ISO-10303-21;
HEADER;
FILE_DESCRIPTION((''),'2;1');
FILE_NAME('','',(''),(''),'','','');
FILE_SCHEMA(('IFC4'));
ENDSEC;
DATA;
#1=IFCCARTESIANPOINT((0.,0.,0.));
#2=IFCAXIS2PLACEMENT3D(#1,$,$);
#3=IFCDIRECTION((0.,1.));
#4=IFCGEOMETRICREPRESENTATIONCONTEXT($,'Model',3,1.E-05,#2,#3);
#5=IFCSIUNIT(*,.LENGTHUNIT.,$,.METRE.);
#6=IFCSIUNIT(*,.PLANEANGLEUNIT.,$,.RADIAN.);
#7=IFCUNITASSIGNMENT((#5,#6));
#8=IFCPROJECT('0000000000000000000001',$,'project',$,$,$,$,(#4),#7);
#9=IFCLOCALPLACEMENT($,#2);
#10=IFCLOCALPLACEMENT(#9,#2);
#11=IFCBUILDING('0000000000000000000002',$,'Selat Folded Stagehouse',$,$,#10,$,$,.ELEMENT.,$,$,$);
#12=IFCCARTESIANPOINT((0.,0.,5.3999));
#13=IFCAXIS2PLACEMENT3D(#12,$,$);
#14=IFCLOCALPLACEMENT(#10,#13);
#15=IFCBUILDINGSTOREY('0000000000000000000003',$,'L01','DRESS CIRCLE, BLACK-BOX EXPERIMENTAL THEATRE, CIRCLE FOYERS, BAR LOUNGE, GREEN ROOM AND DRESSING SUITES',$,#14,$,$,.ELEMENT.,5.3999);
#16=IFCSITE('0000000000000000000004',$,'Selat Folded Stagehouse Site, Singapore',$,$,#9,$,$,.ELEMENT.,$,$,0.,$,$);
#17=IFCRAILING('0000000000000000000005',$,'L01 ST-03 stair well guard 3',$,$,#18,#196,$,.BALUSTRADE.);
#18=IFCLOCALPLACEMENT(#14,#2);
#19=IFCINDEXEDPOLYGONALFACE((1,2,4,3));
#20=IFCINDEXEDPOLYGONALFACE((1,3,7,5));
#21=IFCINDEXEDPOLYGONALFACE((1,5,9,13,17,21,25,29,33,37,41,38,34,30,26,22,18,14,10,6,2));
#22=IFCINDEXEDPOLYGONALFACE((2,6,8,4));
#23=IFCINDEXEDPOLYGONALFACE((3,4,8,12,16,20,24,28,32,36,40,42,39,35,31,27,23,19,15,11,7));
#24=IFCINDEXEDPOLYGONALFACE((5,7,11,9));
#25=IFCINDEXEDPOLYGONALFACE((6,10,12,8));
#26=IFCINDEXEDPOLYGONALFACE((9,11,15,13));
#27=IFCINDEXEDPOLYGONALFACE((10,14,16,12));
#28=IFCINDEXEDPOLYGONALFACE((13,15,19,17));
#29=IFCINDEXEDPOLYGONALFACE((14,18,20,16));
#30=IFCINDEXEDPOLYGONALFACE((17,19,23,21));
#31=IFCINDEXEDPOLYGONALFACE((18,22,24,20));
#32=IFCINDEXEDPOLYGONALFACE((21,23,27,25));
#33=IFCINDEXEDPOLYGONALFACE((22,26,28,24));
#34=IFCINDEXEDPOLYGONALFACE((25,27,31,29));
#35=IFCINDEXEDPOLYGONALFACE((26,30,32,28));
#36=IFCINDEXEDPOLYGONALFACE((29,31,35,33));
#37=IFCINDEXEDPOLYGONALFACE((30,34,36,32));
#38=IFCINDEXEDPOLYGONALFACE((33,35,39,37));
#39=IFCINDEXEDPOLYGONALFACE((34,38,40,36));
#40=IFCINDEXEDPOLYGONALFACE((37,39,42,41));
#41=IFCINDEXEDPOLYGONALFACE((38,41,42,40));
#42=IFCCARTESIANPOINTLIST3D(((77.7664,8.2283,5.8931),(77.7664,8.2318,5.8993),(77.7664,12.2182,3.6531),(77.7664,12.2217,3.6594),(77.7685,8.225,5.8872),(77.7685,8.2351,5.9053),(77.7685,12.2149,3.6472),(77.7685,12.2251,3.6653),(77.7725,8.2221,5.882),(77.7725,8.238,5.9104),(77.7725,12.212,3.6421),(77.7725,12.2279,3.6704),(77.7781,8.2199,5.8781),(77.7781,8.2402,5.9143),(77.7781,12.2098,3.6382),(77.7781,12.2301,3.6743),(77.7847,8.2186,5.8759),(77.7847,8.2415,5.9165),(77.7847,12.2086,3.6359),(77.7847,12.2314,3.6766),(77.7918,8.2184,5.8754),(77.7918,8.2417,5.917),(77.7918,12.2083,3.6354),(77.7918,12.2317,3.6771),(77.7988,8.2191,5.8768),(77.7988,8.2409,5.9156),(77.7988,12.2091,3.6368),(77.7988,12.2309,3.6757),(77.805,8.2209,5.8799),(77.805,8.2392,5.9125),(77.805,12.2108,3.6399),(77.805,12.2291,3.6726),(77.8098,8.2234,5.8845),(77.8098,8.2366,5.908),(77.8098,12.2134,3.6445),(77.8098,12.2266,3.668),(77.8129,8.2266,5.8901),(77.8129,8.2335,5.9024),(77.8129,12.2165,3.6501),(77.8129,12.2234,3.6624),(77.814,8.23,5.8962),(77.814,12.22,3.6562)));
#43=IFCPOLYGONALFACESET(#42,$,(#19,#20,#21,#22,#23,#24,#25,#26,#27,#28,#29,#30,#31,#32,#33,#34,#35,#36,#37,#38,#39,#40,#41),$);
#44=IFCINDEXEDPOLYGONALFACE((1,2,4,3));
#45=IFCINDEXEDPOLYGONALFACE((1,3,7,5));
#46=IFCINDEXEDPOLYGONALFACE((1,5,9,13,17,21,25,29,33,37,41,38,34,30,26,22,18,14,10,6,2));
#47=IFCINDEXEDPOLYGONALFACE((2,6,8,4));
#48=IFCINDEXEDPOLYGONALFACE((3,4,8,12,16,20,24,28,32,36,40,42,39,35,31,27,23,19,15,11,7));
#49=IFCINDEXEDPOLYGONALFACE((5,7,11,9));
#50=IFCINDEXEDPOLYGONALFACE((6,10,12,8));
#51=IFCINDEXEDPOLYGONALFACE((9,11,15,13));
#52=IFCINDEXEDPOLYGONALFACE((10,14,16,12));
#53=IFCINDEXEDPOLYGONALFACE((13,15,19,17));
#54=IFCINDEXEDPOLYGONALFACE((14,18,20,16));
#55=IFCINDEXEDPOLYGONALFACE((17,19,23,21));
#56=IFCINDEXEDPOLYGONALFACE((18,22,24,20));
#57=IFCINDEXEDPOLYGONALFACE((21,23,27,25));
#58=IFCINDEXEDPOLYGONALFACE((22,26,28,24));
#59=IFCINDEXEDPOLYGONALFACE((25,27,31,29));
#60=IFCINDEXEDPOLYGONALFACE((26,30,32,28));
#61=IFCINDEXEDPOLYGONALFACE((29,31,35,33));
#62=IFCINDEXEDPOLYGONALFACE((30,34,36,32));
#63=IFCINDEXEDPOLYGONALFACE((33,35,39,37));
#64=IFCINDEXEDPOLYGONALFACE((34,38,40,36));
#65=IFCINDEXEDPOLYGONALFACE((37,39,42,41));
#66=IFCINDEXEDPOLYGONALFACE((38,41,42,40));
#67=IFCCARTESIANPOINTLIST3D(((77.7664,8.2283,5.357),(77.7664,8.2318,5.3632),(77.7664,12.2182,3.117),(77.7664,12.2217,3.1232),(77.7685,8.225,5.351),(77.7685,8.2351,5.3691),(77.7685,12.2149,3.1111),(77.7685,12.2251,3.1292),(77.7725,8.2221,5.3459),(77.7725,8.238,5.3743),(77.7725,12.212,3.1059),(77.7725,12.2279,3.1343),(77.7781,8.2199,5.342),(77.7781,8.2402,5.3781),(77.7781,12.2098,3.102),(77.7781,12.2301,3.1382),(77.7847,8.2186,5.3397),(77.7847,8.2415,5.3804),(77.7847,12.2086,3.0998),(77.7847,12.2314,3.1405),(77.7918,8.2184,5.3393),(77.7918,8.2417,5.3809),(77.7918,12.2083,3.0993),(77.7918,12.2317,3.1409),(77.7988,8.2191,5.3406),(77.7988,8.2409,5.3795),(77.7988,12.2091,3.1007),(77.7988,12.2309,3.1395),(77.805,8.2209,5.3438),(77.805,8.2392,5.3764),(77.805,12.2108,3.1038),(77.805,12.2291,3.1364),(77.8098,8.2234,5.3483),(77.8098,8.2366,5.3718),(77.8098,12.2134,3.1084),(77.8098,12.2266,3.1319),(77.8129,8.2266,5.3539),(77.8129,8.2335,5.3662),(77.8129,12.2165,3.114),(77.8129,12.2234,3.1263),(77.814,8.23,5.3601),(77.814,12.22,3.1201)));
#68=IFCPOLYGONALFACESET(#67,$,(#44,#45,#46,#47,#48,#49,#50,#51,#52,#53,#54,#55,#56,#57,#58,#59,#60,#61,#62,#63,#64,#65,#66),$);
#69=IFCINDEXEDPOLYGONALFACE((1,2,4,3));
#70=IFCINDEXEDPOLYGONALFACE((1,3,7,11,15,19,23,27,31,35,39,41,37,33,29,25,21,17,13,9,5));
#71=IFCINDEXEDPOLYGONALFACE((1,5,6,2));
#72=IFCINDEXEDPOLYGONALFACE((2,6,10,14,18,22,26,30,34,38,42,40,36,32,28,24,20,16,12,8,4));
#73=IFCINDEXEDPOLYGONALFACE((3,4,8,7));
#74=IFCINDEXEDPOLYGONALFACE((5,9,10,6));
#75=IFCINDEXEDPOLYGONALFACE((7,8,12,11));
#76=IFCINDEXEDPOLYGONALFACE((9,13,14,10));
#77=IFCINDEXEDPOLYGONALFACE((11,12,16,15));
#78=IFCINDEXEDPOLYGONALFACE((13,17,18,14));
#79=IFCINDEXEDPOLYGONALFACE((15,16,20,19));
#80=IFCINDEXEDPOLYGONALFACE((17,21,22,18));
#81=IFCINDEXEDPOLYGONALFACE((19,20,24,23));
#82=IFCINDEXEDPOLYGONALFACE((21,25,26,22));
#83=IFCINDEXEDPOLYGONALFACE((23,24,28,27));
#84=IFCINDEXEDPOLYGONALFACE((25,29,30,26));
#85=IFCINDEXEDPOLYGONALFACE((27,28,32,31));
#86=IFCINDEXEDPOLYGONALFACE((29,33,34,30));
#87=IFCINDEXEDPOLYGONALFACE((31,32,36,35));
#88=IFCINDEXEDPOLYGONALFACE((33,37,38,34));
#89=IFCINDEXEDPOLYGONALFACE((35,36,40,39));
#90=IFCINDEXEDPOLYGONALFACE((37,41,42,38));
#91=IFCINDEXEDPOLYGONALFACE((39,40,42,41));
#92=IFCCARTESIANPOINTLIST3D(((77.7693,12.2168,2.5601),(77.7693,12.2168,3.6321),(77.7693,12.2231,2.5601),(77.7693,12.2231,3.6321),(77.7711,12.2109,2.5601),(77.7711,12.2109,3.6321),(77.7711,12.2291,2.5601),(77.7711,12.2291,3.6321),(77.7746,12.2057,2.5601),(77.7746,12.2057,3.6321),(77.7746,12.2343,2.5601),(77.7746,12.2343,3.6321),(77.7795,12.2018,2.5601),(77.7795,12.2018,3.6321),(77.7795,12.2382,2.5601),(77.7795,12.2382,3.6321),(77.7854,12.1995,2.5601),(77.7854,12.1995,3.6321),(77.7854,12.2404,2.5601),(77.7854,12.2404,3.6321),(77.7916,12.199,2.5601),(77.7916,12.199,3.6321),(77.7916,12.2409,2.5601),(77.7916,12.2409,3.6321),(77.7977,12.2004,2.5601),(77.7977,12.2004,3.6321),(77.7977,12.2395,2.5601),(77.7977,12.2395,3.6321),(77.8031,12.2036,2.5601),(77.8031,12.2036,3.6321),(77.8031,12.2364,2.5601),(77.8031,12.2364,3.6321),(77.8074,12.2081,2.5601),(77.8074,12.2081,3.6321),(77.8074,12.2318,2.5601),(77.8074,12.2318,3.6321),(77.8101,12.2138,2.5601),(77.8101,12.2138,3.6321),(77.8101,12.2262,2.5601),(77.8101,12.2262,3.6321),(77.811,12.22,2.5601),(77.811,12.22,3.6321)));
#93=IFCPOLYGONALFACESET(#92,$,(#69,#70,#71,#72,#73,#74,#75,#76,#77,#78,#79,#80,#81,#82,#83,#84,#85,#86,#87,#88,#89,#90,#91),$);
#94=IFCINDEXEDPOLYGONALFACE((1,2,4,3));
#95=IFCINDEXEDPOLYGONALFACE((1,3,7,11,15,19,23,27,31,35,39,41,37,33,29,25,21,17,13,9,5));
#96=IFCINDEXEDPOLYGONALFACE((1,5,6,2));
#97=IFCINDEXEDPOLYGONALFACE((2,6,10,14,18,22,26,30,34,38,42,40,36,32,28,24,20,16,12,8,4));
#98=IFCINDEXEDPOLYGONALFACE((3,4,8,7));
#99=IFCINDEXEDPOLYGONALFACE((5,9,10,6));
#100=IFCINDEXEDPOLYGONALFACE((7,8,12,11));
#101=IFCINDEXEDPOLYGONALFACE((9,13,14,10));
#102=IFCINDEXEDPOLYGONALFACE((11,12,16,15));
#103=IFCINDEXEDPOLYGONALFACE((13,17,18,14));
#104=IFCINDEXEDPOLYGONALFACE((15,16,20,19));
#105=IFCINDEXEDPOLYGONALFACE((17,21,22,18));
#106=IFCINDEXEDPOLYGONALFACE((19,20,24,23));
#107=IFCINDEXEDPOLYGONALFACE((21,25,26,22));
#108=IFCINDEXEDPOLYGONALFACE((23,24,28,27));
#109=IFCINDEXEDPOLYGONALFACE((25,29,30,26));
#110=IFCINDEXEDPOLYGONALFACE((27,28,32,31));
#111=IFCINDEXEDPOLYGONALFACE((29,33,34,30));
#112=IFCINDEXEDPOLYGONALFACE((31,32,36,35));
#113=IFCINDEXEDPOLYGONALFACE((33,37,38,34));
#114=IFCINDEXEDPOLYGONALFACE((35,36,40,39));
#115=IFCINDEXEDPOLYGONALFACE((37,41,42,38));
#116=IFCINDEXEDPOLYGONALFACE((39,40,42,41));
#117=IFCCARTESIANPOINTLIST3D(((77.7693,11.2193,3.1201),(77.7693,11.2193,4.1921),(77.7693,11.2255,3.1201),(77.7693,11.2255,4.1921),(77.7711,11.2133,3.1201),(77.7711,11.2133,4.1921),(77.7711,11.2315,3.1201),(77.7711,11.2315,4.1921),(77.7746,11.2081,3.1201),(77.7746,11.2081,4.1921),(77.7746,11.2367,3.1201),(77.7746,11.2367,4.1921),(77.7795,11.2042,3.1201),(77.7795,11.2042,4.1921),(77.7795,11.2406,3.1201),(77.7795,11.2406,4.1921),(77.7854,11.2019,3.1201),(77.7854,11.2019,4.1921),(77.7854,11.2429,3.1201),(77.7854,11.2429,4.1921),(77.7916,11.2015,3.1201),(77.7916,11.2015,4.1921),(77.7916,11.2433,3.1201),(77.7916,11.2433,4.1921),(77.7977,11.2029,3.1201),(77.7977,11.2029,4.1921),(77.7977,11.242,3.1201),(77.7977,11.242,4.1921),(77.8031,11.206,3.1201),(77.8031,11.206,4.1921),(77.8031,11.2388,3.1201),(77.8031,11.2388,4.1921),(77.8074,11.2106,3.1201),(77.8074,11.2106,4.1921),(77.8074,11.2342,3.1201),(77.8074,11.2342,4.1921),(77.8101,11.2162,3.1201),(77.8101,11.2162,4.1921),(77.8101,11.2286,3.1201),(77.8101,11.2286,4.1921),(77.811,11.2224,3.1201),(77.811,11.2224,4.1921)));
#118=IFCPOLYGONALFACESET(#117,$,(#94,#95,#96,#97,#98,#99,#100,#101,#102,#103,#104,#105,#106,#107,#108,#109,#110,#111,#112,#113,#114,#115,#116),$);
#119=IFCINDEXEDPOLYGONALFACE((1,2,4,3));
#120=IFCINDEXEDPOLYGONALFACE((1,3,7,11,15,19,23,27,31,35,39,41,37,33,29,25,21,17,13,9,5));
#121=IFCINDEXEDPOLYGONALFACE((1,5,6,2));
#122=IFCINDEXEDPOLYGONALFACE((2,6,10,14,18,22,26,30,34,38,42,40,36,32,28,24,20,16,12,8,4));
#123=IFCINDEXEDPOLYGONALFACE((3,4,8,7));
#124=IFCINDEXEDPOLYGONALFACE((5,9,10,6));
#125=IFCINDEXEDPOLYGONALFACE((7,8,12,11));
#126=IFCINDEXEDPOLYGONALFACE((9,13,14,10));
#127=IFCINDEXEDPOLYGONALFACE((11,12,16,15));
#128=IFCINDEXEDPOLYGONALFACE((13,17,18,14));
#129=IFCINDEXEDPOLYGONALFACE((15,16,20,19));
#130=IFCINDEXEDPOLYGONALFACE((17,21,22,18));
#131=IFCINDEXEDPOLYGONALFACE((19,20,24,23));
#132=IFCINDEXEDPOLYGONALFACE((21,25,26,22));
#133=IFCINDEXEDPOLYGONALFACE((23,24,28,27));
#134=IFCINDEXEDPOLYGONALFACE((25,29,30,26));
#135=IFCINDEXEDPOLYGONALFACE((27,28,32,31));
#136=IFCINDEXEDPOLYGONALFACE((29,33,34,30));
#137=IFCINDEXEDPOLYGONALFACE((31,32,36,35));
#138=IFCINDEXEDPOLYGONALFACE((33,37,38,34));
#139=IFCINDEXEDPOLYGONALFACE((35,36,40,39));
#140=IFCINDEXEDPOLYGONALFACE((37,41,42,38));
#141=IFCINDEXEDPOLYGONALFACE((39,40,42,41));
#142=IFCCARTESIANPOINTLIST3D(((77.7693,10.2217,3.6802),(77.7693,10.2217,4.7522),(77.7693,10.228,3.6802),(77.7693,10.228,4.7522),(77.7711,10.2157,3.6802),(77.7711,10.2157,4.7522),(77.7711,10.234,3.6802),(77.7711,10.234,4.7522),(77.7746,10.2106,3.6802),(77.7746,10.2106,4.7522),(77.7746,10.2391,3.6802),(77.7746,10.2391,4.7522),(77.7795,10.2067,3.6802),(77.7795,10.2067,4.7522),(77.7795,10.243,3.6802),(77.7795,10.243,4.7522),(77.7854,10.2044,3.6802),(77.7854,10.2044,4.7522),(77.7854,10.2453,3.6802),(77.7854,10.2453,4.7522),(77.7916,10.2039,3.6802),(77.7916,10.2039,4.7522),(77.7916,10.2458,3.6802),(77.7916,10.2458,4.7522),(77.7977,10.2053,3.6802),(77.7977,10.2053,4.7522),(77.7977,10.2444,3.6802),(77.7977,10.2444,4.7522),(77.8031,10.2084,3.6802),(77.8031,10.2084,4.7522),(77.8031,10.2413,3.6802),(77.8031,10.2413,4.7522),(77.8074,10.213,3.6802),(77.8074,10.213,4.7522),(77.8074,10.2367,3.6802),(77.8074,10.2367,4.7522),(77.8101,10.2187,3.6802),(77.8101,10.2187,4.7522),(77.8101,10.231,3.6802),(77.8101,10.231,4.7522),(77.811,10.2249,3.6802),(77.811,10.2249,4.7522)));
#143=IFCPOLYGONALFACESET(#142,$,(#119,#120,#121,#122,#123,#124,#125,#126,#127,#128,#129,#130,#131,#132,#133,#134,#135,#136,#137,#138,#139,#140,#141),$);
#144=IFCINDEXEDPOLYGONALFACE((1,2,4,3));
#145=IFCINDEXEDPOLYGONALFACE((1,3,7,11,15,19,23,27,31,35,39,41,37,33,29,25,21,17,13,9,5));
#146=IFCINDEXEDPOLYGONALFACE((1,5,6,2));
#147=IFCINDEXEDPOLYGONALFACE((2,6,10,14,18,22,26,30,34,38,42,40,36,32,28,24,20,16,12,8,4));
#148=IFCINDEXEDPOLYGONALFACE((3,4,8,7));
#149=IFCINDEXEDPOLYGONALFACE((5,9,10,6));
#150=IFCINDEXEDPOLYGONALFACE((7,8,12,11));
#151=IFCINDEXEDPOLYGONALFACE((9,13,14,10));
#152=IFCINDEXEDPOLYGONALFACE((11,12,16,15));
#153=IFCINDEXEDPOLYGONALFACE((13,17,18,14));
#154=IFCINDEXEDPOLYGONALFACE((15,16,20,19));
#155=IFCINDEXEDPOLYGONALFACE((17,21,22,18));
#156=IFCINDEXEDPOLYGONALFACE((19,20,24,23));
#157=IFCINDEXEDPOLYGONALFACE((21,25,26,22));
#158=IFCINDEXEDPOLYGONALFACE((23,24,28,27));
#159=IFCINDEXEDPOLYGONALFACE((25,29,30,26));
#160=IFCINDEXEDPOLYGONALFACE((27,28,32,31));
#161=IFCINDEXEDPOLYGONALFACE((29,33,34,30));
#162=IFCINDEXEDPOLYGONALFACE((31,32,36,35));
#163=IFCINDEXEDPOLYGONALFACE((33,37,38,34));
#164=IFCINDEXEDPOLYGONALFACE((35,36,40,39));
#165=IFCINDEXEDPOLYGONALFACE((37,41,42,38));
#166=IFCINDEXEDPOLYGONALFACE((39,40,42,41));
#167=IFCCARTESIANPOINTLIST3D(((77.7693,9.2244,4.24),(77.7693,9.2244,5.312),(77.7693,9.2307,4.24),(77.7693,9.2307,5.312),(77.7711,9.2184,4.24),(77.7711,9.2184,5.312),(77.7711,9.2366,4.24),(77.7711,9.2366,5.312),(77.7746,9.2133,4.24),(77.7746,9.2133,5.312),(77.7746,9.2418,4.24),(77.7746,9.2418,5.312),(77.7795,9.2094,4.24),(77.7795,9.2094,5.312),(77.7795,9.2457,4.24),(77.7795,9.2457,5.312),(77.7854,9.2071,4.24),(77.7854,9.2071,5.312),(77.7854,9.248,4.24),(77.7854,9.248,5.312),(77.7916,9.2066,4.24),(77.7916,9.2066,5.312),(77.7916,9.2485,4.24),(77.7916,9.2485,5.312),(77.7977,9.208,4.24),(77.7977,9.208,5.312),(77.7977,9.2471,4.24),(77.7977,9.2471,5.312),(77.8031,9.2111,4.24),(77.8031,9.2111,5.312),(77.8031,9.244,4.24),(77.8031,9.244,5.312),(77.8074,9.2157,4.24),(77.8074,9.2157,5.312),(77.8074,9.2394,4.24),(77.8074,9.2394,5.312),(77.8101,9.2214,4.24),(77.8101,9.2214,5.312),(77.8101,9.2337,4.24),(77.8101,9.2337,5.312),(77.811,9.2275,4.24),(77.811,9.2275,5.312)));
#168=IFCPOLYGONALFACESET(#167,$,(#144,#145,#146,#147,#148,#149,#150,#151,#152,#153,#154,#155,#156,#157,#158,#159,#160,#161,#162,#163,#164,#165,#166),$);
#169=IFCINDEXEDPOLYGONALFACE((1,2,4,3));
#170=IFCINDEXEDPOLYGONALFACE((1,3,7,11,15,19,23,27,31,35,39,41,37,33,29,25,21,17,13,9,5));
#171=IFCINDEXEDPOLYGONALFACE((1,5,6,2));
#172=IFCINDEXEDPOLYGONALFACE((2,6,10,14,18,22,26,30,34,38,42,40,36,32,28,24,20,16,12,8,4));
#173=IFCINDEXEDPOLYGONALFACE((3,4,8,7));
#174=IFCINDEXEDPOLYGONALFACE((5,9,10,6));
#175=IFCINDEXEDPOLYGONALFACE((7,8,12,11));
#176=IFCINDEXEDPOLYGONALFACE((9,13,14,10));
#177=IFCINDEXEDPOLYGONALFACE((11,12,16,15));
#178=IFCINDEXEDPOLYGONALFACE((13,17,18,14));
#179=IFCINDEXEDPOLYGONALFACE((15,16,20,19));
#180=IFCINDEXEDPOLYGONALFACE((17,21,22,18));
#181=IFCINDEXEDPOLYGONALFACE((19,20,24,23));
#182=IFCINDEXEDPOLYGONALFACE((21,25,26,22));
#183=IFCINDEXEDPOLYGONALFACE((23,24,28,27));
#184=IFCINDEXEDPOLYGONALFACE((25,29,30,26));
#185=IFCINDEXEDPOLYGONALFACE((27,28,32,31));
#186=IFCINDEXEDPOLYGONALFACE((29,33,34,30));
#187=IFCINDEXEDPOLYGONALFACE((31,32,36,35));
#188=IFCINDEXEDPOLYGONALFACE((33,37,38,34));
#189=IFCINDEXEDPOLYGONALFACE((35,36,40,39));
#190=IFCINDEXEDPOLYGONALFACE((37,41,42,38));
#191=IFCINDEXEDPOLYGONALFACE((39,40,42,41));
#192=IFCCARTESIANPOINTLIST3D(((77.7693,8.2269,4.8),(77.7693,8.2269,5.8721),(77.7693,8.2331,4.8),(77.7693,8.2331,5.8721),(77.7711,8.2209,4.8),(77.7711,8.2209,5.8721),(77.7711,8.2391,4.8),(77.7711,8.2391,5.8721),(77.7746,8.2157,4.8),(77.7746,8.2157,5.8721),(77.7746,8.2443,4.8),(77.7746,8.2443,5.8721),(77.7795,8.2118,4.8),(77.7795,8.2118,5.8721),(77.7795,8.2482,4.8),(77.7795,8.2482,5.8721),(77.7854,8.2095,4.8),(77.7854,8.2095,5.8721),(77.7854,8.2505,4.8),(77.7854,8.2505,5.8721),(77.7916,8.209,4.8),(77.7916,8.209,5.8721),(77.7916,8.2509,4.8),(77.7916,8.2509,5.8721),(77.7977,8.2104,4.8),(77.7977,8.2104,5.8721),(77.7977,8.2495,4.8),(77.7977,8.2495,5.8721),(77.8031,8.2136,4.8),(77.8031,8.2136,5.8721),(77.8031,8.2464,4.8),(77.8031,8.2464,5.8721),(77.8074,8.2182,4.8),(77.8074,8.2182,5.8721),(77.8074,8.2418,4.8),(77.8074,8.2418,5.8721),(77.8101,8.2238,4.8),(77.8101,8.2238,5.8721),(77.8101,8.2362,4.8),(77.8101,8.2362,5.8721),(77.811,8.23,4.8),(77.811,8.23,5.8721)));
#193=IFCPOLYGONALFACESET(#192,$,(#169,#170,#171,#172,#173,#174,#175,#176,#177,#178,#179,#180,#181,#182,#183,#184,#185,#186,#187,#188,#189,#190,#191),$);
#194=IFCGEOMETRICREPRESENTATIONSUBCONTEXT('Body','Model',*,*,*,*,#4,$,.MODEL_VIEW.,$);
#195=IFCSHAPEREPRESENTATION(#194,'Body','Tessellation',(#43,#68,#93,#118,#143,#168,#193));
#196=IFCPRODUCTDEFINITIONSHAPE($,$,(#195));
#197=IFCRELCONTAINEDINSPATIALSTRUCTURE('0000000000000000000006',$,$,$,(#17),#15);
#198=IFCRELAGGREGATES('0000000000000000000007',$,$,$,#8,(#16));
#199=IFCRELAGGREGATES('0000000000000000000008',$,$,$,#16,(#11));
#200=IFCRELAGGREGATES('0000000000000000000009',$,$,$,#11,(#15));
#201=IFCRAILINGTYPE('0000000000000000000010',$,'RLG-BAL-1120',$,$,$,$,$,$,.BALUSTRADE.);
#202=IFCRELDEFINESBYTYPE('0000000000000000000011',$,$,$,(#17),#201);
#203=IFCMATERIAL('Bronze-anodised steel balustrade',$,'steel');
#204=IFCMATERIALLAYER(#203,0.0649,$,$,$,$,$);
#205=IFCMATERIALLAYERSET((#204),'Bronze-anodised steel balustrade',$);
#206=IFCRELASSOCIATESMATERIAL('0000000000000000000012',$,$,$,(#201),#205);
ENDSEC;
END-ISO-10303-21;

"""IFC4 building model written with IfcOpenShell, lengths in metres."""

from ifc_helpers import new_model, si_unit, direction, frame, origin, origin_2d, place, context, subcontext, project, spatial, circle, extrude, material, layer, layer_set, type_object, element, save


model = new_model("IFC4")

# Units and contexts
model_context = context("Model", 3, precision=1e-05, world=origin(), true_north=direction((0.0, 1.0)))
body_context = subcontext(model_context, "Body", "Model", "MODEL_VIEW")
ifc_project = project(units=[si_unit("LENGTHUNIT", "METRE"), si_unit("PLANEANGLEUNIT", "RADIAN")], contexts=[model_context])

# Site, building, storey
site_placement = place(None, origin())
site = spatial("IfcSite", under=ifc_project, at=site_placement, Name="Selat Folded Stagehouse Site, Singapore", CompositionType="ELEMENT", RefElevation=0.0)
building_placement = place(site_placement, origin())
building = spatial("IfcBuilding", under=site, at=building_placement, Name="Selat Folded Stagehouse", CompositionType="ELEMENT")
storey_placement = place(building_placement, frame((0.0, 0.0, 5.3999)))
storey = spatial("IfcBuildingStorey", under=building, at=storey_placement, Name="L01", Description="DRESS CIRCLE, BLACK-BOX EXPERIMENTAL THEATRE, CIRCLE FOYERS, BAR LOUNGE, GREEN ROOM AND DRESSING SUITES", CompositionType="ELEMENT", Elevation=5.3999)

# Railing
ifc_material_1 = material(Name="Bronze-anodised steel balustrade", Category="steel")
ifc_layer_1 = layer(ifc_material_1, 0.0649)
ifc_layer_set_1 = layer_set([ifc_layer_1], Name="Bronze-anodised steel balustrade")
railing_type_1 = type_object("IfcRailingType", Name="RLG-BAL-1120", PredefinedType="BALUSTRADE", material=ifc_layer_set_1)
railing_1_placement = place(storey_placement, frame((77.79, 12.22, 2.5601)))
element("IfcRailing", 1, at=railing_1_placement, inside=storey, type_object=railing_type_1, Name="L01 ST-03 stair well guard 3", PredefinedType="BALUSTRADE", context=body_context, shape_type="SweptSolid", body=[
    extrude(circle(Radius=0.0239, at=origin_2d()), frame((0.0, 0.0, 1.0962), z_axis=(0.0, -0.871984, 0.489534), x_axis=(1.0, 0.0, 0.0)), (0.0, 0.0, 1.0), 4.5757),
    extrude(circle(Radius=0.0239, at=origin_2d()), frame((0.0, 0.0, 0.5601), z_axis=(0.0, -0.871984, 0.489534), x_axis=(1.0, 0.0, 0.0)), (0.0, 0.0, 1.0), 4.5757),
    extrude(circle(Radius=0.021, at=origin_2d()), origin(), (0.0, 0.0, 1.0), 1.072),
    extrude(circle(Radius=0.021, at=origin_2d()), frame((0.0, -0.9976, 0.5601)), (0.0, 0.0, 1.0), 1.072),
    extrude(circle(Radius=0.021, at=origin_2d()), frame((0.0, -1.9951, 1.1201)), (0.0, 0.0, 1.0), 1.072),
    extrude(circle(Radius=0.021, at=origin_2d()), frame((0.0, -2.9924, 1.6799)), (0.0, 0.0, 1.0), 1.072),
    extrude(circle(Radius=0.021, at=origin_2d()), frame((0.0, -3.99, 2.24)), (0.0, 0.0, 1.0), 1.072),
])

save(model, "model.ifc")
